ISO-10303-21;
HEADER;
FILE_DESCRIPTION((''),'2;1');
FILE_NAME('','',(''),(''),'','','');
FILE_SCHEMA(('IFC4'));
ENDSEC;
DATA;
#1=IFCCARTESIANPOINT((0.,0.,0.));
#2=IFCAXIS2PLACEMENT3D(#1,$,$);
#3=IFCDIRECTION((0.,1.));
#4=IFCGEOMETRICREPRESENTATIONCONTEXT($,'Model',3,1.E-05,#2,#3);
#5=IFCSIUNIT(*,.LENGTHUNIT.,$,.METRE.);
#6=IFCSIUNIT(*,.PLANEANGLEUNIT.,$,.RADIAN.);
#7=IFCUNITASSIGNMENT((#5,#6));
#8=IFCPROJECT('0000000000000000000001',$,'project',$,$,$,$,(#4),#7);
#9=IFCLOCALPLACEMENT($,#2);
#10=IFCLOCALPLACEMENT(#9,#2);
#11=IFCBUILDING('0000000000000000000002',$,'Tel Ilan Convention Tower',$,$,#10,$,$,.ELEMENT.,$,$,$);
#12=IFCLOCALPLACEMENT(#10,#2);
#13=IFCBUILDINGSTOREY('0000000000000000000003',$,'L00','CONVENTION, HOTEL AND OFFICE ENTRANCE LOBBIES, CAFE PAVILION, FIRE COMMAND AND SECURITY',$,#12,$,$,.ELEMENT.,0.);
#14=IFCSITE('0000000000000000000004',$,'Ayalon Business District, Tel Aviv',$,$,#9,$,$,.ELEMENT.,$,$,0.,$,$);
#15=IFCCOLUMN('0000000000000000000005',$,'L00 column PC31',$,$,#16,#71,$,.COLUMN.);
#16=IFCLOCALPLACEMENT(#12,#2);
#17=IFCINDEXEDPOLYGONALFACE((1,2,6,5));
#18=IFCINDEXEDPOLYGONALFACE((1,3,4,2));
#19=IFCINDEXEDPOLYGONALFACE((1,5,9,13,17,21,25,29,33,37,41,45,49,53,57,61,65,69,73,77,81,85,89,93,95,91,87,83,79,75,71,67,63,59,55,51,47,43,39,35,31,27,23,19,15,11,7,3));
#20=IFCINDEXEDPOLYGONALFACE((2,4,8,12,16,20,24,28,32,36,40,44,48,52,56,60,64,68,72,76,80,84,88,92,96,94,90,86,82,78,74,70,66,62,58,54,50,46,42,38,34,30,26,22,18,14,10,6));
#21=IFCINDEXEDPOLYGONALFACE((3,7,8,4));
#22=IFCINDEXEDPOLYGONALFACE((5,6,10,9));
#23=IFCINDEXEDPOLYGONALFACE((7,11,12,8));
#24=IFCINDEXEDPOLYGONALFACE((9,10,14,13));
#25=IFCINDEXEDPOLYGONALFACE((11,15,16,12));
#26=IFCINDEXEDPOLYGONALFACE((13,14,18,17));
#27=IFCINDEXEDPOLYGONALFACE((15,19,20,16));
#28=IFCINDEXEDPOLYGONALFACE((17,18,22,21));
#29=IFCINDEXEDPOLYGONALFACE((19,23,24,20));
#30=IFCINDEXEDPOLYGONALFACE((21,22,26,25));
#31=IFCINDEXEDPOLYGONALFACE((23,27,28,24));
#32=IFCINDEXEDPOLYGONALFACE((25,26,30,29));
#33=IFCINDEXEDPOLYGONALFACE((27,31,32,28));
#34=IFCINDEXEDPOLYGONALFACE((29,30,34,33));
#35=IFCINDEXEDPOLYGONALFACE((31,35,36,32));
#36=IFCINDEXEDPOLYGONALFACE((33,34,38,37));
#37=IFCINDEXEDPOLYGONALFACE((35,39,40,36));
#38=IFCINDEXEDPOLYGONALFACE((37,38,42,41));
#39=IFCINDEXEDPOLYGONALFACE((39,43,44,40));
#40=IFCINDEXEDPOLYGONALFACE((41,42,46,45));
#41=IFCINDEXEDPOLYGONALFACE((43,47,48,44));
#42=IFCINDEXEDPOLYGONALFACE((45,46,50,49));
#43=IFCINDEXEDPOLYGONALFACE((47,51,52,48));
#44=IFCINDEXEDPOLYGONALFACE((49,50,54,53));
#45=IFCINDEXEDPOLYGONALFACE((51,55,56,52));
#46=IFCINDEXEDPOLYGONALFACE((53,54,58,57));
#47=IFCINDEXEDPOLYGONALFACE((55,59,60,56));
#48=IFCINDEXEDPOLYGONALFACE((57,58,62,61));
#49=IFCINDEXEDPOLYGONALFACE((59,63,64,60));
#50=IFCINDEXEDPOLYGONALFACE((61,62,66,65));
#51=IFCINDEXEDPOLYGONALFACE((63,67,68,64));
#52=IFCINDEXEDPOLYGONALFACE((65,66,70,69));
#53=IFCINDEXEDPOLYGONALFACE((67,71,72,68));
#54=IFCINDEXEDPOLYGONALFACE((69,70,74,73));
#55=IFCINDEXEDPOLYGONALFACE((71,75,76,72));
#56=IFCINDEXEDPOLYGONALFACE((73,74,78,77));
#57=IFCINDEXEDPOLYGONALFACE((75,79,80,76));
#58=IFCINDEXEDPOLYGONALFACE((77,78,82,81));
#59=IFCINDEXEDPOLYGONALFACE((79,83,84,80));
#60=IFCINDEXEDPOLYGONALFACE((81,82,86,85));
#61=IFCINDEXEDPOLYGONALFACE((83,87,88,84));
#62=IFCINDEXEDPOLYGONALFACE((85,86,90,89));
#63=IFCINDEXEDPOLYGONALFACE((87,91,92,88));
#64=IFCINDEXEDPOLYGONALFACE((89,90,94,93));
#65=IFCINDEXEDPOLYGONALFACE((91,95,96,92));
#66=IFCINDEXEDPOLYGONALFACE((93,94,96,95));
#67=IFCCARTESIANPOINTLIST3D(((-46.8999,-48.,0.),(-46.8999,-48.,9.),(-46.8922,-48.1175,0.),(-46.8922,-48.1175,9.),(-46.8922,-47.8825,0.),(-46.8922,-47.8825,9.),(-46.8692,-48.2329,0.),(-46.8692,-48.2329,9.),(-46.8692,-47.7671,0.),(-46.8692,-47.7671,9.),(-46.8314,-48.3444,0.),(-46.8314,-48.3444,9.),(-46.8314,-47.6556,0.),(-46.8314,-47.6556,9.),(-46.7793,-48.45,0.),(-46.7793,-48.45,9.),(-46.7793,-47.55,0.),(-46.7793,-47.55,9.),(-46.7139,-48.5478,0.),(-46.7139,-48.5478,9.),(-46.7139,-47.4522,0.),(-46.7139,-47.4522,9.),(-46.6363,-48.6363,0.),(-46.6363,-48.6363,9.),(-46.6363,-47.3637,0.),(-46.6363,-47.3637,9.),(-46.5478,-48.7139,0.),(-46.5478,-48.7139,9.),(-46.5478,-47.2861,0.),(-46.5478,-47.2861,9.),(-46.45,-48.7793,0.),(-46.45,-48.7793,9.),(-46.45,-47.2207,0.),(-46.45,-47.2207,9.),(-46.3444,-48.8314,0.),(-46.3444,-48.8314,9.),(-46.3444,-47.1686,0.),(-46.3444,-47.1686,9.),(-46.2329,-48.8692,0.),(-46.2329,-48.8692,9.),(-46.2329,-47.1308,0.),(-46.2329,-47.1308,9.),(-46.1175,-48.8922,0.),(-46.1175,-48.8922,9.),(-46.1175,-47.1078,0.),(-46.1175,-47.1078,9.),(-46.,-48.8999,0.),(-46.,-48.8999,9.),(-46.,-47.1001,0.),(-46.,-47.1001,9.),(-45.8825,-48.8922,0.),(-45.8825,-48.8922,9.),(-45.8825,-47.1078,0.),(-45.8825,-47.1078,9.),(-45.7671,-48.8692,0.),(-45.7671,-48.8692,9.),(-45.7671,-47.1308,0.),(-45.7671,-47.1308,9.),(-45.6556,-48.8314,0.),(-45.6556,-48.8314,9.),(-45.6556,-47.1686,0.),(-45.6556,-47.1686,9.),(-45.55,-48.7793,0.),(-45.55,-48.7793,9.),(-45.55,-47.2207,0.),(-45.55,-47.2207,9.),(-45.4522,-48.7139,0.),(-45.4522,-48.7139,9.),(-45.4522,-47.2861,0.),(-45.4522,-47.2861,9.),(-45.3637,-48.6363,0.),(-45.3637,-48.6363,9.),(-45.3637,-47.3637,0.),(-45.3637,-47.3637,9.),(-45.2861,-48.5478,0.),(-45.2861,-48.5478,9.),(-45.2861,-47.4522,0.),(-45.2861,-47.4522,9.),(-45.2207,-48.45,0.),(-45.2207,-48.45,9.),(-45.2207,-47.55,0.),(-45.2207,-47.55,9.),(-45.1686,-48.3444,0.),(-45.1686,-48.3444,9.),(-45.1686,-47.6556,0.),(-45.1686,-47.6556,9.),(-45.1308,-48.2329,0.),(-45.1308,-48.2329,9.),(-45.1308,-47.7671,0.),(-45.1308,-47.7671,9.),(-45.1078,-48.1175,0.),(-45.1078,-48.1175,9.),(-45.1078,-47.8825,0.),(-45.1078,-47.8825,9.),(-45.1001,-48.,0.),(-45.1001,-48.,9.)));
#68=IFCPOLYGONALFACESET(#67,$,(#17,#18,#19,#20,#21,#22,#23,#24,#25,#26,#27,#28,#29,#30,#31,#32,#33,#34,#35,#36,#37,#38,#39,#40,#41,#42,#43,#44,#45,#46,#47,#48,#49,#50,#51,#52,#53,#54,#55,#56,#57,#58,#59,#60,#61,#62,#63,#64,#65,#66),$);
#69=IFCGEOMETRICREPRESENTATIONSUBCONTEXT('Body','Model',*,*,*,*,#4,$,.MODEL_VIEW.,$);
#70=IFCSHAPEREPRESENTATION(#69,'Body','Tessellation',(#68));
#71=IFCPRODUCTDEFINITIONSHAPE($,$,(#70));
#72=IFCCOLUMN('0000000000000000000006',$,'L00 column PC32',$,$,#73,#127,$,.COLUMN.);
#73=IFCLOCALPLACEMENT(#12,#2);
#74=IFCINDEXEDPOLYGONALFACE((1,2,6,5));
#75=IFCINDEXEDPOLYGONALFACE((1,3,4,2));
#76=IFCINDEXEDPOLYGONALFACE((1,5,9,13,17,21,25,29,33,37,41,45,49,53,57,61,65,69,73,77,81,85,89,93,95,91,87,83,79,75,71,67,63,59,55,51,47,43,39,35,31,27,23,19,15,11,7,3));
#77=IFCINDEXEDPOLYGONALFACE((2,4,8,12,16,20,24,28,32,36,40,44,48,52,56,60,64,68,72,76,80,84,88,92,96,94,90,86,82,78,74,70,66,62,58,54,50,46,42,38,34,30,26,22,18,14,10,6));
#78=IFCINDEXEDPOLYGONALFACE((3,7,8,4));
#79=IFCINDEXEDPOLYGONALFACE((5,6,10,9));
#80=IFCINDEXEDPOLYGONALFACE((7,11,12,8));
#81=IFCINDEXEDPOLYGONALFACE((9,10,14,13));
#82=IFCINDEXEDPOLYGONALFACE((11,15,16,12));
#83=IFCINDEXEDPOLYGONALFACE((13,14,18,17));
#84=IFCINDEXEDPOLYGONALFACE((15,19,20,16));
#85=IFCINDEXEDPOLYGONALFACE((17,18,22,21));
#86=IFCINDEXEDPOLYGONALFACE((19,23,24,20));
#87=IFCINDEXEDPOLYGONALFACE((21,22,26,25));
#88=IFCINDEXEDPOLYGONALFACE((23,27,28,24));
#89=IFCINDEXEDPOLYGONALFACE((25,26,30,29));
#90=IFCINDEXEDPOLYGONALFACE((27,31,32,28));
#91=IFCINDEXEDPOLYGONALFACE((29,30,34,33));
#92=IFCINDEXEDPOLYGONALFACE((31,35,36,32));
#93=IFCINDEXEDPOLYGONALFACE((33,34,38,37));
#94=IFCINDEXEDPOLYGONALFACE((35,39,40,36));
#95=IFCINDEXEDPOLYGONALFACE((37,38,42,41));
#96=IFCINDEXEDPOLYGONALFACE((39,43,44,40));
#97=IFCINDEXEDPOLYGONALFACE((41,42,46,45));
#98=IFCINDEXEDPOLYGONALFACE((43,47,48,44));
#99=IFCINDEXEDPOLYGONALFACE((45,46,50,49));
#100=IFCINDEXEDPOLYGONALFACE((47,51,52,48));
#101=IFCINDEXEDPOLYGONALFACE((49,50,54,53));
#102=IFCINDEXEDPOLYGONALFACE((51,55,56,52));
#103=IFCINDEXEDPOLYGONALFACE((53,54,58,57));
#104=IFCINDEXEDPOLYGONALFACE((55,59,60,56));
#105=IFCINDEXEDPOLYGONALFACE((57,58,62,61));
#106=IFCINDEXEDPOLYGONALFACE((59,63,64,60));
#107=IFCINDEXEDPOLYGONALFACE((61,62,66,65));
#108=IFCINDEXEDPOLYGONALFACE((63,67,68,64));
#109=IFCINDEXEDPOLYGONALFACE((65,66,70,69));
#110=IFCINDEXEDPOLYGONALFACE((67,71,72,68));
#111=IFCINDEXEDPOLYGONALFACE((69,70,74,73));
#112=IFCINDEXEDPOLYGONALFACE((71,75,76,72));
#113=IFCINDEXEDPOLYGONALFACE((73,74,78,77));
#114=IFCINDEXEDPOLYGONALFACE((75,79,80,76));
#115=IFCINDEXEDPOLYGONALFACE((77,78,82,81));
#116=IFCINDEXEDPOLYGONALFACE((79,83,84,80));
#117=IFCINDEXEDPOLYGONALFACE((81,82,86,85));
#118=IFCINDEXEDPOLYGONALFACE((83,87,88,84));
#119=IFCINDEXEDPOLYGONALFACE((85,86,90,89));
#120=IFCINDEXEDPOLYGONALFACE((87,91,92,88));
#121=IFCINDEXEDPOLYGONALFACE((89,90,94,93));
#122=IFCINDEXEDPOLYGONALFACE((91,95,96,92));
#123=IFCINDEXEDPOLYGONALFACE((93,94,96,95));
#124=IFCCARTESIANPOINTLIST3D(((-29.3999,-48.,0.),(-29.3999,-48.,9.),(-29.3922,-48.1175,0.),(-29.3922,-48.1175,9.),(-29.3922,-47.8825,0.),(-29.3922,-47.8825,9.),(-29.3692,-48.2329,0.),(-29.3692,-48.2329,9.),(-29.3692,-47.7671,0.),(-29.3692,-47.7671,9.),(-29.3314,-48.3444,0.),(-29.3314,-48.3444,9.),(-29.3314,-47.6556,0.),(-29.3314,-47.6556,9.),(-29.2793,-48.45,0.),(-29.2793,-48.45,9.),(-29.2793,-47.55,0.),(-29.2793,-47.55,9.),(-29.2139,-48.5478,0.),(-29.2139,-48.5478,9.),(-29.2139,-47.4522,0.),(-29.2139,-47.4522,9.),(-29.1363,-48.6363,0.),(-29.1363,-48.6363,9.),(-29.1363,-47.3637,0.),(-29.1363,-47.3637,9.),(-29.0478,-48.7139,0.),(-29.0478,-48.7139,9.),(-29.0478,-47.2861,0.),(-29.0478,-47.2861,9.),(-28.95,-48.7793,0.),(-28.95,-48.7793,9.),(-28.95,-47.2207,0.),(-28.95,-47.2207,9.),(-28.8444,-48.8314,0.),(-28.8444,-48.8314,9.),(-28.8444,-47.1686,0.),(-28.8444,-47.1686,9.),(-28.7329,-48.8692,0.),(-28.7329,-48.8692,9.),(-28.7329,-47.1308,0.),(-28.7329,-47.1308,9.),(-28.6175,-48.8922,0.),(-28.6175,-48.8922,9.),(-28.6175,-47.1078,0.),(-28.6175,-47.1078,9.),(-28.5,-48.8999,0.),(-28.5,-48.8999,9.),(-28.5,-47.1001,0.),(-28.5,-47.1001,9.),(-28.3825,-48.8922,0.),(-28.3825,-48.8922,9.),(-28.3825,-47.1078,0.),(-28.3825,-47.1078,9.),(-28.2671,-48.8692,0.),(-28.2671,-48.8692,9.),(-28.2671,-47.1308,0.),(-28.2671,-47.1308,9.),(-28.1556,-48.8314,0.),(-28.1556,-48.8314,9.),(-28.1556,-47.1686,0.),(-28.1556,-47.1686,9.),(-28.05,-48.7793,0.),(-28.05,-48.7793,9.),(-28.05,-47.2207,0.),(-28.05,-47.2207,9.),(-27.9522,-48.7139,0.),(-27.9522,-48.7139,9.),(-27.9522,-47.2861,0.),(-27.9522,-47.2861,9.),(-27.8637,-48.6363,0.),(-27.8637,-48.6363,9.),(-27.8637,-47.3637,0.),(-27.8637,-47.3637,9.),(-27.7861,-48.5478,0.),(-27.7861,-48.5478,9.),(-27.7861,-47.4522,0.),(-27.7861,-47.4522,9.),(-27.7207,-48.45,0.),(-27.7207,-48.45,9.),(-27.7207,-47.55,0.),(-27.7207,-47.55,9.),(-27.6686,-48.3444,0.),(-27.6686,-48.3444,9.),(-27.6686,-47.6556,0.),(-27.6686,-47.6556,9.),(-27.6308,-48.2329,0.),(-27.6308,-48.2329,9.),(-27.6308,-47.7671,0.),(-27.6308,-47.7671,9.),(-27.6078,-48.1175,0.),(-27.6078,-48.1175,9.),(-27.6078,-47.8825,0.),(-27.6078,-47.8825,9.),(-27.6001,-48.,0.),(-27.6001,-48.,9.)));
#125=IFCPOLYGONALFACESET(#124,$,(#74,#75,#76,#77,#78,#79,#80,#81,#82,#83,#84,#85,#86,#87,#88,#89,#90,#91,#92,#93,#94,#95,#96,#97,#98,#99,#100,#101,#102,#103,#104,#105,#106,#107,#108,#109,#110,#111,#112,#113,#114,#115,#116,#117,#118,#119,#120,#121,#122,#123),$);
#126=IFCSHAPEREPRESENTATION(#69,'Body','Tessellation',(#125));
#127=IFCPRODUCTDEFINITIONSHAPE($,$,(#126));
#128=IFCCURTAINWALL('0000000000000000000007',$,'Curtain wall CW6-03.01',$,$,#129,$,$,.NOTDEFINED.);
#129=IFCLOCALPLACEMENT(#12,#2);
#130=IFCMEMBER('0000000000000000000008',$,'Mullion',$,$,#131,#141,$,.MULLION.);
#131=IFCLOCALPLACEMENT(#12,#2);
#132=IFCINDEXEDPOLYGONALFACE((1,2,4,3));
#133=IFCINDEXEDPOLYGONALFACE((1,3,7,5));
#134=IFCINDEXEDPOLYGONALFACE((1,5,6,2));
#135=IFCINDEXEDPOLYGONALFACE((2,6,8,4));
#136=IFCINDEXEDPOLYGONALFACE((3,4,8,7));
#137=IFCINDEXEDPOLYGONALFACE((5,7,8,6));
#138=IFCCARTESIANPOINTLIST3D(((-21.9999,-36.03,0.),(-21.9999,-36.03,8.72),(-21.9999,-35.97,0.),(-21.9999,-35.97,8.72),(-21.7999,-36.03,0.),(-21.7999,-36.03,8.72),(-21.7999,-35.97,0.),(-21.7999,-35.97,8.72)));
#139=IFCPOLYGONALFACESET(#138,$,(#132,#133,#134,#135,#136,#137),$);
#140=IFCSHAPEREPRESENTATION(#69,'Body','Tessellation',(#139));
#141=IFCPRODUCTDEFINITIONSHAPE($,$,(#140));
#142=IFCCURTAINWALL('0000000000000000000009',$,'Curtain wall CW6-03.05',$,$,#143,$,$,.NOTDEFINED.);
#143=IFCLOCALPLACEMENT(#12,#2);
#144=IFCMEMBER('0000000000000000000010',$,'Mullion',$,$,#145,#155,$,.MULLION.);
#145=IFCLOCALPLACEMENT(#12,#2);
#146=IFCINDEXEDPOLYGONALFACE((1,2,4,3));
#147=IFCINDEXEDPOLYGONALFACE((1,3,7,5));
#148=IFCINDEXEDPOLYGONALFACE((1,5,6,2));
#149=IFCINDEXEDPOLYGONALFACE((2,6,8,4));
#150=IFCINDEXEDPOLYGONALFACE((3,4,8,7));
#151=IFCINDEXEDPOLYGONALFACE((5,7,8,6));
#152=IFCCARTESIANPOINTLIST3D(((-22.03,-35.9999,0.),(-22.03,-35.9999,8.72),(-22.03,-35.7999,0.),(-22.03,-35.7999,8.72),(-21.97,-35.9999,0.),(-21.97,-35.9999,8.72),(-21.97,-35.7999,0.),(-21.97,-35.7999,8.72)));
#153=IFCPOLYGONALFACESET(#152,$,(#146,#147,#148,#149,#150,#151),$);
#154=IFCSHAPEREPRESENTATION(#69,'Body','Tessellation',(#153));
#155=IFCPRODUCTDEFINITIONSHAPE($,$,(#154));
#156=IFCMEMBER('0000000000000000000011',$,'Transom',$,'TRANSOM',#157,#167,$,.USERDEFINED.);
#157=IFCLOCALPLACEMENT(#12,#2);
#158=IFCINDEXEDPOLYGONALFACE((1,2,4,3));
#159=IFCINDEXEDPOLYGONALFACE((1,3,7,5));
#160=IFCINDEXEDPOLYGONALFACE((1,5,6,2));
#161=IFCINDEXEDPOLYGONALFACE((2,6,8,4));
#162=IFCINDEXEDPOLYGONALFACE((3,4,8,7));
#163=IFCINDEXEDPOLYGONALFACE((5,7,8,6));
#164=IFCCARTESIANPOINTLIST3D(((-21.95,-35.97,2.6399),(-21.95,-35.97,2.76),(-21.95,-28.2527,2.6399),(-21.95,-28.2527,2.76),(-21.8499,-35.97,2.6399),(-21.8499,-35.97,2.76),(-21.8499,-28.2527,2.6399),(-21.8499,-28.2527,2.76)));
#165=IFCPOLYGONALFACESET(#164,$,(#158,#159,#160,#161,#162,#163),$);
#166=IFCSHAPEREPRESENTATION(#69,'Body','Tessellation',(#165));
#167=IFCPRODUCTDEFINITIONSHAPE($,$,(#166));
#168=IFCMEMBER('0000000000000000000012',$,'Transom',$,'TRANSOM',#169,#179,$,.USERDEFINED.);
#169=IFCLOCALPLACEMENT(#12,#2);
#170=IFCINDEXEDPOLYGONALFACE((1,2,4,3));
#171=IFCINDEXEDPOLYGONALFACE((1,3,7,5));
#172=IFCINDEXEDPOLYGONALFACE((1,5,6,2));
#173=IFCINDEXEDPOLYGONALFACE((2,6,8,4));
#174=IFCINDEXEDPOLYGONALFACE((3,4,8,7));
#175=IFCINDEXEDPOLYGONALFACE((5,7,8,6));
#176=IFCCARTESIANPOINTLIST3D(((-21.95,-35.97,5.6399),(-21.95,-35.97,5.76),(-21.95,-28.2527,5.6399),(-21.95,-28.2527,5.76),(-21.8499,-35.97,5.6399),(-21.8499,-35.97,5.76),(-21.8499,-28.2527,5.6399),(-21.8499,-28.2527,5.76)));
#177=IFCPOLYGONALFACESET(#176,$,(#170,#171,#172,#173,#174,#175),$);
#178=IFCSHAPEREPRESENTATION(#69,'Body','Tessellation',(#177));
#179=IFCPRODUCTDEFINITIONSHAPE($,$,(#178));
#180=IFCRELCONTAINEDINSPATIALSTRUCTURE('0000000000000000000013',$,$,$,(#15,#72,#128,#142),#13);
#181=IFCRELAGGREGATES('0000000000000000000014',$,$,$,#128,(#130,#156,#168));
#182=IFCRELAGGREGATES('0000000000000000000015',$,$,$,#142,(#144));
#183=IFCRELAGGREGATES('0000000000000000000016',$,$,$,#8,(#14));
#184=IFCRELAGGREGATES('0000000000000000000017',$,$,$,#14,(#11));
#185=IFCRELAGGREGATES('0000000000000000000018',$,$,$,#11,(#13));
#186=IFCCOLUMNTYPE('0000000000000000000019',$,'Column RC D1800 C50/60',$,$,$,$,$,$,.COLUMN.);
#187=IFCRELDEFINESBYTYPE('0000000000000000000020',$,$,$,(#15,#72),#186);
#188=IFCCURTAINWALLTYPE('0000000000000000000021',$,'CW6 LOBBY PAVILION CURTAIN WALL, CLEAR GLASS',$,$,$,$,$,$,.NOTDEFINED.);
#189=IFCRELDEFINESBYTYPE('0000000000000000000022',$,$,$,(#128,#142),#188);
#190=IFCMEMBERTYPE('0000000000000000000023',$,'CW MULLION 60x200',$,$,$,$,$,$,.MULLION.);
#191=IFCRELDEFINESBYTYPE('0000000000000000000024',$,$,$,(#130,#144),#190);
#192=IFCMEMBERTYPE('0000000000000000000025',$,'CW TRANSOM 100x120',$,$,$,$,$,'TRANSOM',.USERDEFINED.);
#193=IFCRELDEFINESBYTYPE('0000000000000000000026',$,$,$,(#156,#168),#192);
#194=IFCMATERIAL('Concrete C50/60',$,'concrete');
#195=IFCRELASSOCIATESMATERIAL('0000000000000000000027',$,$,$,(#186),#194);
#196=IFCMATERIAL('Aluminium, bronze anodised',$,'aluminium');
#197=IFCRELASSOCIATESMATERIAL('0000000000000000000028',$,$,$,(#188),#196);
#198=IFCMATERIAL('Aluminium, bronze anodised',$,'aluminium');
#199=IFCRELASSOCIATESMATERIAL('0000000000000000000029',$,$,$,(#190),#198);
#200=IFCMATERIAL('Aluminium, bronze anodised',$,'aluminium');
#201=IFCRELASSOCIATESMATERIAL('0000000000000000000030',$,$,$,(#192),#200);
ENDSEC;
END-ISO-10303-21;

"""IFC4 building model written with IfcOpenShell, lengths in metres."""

from ifc_helpers import new_model, si_unit, direction, frame, origin, origin_2d, place, context, subcontext, project, spatial, rectangle, circle, extrude, material, material_profile, profile_set, type_object, element, aggregate, save


model = new_model("IFC4")

# Units and contexts
model_context = context("Model", 3, precision=1e-05, world=origin(), true_north=direction((0.0, 1.0)))
body_context = subcontext(model_context, "Body", "Model", "MODEL_VIEW")
ifc_project = project(units=[si_unit("LENGTHUNIT", "METRE"), si_unit("PLANEANGLEUNIT", "RADIAN")], contexts=[model_context])

# Site, building, storey
site_placement = place(None, origin())
site = spatial("IfcSite", under=ifc_project, at=site_placement, Name="Ayalon Business District, Tel Aviv", CompositionType="ELEMENT", RefElevation=0.0)
building_placement = place(site_placement, origin())
building = spatial("IfcBuilding", under=site, at=building_placement, Name="Tel Ilan Convention Tower", CompositionType="ELEMENT")
storey_placement = place(building_placement, origin())
storey = spatial("IfcBuildingStorey", under=building, at=storey_placement, Name="L00", Description="CONVENTION, HOTEL AND OFFICE ENTRANCE LOBBIES, CAFE PAVILION, FIRE COMMAND AND SECURITY", CompositionType="ELEMENT", Elevation=0.0)

# Columns
ifc_material_1 = material(Name="Concrete C50/60", Category="concrete")
ifc_material_profile_1 = material_profile(ifc_material_1, circle(Radius=0.8999, at=origin_2d()), Name="RC D1800")
ifc_profile_set_1 = profile_set([ifc_material_profile_1], Name="Concrete C50/60")
column_type = type_object("IfcColumnType", Name="Column RC D1800 C50/60", PredefinedType="COLUMN", material=ifc_profile_set_1)
for number, where, z_axis, x_axis, name in (
    (1, (-46.0, -48.0, 0.0), (0.0, 0.0, 1.0), (1.0, 0.0, 0.0), "L00 column PC31"),
    (2, (-28.5, -48.0, 0.0), (0.0, 0.0, 1.0), (1.0, 0.0, 0.0), "L00 column PC32"),
):
    element("IfcColumn", number, at=place(storey_placement, frame(where, z_axis=z_axis, x_axis=x_axis)), inside=storey, type_object=column_type, Name=name, PredefinedType="COLUMN", context=body_context, shape_type="SweptSolid", body=[
        extrude(circle(Radius=0.8999, at=origin_2d()), origin(), (0.0, 0.0, 1.0), 9.0),
    ])

# Curtain walls, members
ifc_material_2 = material(Name="Aluminium, bronze anodised", Category="aluminium")
curtain_wall_type = type_object("IfcCurtainWallType", Name="CW6 LOBBY PAVILION CURTAIN WALL, CLEAR GLASS", PredefinedType="NOTDEFINED", material=ifc_material_2)
curtain_wall_1_placement = place(storey_placement, origin())
curtain_wall_1 = element("IfcCurtainWall", 3, at=curtain_wall_1_placement, inside=storey, type_object=curtain_wall_type, Name="Curtain wall CW6-03.01", PredefinedType="NOTDEFINED")
ifc_material_3 = material(Name="Aluminium, bronze anodised", Category="aluminium")
ifc_material_profile_2 = material_profile(ifc_material_3, rectangle(XDim=0.0601, YDim=0.2, at=origin_2d()), Name="CW MULLION 60x200")
ifc_profile_set_2 = profile_set([ifc_material_profile_2], Name="Aluminium, bronze anodised")
member_type_1 = type_object("IfcMemberType", Name="CW MULLION 60x200", PredefinedType="MULLION", material=ifc_profile_set_2)
member_1_placement = place(storey_placement, frame((-21.8999, -36.0, 0.0), z_axis=(0.0, 0.0, 1.0), x_axis=(0.0, 1.0, 0.0)))
member_1 = element("IfcMember", 4, at=member_1_placement, type_object=member_type_1, Name="Mullion", PredefinedType="MULLION", context=body_context, shape_type="SweptSolid", body=[
    extrude(rectangle(XDim=0.0601, YDim=0.2, at=origin_2d()), origin(), (0.0, 0.0, 1.0), 8.72),
])
curtain_wall_2_placement = place(storey_placement, origin())
curtain_wall_2 = element("IfcCurtainWall", 5, at=curtain_wall_2_placement, inside=storey, type_object=curtain_wall_type, Name="Curtain wall CW6-03.05", PredefinedType="NOTDEFINED")
member_2_placement = place(storey_placement, frame((-22.0, -35.8999, 0.0), z_axis=(0.0, 0.0, 1.0), x_axis=(-1.0, 0.0, 0.0)))
member_2 = element("IfcMember", 6, at=member_2_placement, type_object=member_type_1, Name="Mullion", PredefinedType="MULLION", context=body_context, shape_type="SweptSolid", body=[
    extrude(rectangle(XDim=0.0601, YDim=0.2, at=origin_2d()), origin(), (0.0, 0.0, 1.0), 8.72),
])

# Members
ifc_material_4 = material(Name="Aluminium, bronze anodised", Category="aluminium")
ifc_material_profile_3 = material_profile(ifc_material_4, rectangle(XDim=0.1001, YDim=0.1201, at=origin_2d()), Name="CW TRANSOM 100x120")
ifc_profile_set_3 = profile_set([ifc_material_profile_3], Name="Aluminium, bronze anodised")
member_type_2 = type_object("IfcMemberType", Name="CW TRANSOM 100x120", ElementType="TRANSOM", PredefinedType="USERDEFINED", material=ifc_profile_set_3)
member_3_placement = place(storey_placement, frame((-21.8999, -35.97, 2.7), z_axis=(0.0, 1.0, 0.0), x_axis=(-1.0, 0.0, 0.0)))
member_3 = element("IfcMember", 7, at=member_3_placement, type_object=member_type_2, Name="Transom", ObjectType="TRANSOM", PredefinedType="USERDEFINED", context=body_context, shape_type="SweptSolid", body=[
    extrude(rectangle(XDim=0.1001, YDim=0.1201, at=origin_2d()), origin(), (0.0, 0.0, 1.0), 7.7173),
])
member_4_placement = place(storey_placement, frame((-21.8999, -35.97, 5.7), z_axis=(0.0, 1.0, 0.0), x_axis=(-1.0, 0.0, 0.0)))
member_4 = element("IfcMember", 8, at=member_4_placement, type_object=member_type_2, Name="Transom", ObjectType="TRANSOM", PredefinedType="USERDEFINED", context=body_context, shape_type="SweptSolid", body=[
    extrude(rectangle(XDim=0.1001, YDim=0.1201, at=origin_2d()), origin(), (0.0, 0.0, 1.0), 7.7173),
])
aggregate(curtain_wall_1, [member_1, member_3, member_4])

aggregate(curtain_wall_2, [member_2])

save(model, "model.ifc")
